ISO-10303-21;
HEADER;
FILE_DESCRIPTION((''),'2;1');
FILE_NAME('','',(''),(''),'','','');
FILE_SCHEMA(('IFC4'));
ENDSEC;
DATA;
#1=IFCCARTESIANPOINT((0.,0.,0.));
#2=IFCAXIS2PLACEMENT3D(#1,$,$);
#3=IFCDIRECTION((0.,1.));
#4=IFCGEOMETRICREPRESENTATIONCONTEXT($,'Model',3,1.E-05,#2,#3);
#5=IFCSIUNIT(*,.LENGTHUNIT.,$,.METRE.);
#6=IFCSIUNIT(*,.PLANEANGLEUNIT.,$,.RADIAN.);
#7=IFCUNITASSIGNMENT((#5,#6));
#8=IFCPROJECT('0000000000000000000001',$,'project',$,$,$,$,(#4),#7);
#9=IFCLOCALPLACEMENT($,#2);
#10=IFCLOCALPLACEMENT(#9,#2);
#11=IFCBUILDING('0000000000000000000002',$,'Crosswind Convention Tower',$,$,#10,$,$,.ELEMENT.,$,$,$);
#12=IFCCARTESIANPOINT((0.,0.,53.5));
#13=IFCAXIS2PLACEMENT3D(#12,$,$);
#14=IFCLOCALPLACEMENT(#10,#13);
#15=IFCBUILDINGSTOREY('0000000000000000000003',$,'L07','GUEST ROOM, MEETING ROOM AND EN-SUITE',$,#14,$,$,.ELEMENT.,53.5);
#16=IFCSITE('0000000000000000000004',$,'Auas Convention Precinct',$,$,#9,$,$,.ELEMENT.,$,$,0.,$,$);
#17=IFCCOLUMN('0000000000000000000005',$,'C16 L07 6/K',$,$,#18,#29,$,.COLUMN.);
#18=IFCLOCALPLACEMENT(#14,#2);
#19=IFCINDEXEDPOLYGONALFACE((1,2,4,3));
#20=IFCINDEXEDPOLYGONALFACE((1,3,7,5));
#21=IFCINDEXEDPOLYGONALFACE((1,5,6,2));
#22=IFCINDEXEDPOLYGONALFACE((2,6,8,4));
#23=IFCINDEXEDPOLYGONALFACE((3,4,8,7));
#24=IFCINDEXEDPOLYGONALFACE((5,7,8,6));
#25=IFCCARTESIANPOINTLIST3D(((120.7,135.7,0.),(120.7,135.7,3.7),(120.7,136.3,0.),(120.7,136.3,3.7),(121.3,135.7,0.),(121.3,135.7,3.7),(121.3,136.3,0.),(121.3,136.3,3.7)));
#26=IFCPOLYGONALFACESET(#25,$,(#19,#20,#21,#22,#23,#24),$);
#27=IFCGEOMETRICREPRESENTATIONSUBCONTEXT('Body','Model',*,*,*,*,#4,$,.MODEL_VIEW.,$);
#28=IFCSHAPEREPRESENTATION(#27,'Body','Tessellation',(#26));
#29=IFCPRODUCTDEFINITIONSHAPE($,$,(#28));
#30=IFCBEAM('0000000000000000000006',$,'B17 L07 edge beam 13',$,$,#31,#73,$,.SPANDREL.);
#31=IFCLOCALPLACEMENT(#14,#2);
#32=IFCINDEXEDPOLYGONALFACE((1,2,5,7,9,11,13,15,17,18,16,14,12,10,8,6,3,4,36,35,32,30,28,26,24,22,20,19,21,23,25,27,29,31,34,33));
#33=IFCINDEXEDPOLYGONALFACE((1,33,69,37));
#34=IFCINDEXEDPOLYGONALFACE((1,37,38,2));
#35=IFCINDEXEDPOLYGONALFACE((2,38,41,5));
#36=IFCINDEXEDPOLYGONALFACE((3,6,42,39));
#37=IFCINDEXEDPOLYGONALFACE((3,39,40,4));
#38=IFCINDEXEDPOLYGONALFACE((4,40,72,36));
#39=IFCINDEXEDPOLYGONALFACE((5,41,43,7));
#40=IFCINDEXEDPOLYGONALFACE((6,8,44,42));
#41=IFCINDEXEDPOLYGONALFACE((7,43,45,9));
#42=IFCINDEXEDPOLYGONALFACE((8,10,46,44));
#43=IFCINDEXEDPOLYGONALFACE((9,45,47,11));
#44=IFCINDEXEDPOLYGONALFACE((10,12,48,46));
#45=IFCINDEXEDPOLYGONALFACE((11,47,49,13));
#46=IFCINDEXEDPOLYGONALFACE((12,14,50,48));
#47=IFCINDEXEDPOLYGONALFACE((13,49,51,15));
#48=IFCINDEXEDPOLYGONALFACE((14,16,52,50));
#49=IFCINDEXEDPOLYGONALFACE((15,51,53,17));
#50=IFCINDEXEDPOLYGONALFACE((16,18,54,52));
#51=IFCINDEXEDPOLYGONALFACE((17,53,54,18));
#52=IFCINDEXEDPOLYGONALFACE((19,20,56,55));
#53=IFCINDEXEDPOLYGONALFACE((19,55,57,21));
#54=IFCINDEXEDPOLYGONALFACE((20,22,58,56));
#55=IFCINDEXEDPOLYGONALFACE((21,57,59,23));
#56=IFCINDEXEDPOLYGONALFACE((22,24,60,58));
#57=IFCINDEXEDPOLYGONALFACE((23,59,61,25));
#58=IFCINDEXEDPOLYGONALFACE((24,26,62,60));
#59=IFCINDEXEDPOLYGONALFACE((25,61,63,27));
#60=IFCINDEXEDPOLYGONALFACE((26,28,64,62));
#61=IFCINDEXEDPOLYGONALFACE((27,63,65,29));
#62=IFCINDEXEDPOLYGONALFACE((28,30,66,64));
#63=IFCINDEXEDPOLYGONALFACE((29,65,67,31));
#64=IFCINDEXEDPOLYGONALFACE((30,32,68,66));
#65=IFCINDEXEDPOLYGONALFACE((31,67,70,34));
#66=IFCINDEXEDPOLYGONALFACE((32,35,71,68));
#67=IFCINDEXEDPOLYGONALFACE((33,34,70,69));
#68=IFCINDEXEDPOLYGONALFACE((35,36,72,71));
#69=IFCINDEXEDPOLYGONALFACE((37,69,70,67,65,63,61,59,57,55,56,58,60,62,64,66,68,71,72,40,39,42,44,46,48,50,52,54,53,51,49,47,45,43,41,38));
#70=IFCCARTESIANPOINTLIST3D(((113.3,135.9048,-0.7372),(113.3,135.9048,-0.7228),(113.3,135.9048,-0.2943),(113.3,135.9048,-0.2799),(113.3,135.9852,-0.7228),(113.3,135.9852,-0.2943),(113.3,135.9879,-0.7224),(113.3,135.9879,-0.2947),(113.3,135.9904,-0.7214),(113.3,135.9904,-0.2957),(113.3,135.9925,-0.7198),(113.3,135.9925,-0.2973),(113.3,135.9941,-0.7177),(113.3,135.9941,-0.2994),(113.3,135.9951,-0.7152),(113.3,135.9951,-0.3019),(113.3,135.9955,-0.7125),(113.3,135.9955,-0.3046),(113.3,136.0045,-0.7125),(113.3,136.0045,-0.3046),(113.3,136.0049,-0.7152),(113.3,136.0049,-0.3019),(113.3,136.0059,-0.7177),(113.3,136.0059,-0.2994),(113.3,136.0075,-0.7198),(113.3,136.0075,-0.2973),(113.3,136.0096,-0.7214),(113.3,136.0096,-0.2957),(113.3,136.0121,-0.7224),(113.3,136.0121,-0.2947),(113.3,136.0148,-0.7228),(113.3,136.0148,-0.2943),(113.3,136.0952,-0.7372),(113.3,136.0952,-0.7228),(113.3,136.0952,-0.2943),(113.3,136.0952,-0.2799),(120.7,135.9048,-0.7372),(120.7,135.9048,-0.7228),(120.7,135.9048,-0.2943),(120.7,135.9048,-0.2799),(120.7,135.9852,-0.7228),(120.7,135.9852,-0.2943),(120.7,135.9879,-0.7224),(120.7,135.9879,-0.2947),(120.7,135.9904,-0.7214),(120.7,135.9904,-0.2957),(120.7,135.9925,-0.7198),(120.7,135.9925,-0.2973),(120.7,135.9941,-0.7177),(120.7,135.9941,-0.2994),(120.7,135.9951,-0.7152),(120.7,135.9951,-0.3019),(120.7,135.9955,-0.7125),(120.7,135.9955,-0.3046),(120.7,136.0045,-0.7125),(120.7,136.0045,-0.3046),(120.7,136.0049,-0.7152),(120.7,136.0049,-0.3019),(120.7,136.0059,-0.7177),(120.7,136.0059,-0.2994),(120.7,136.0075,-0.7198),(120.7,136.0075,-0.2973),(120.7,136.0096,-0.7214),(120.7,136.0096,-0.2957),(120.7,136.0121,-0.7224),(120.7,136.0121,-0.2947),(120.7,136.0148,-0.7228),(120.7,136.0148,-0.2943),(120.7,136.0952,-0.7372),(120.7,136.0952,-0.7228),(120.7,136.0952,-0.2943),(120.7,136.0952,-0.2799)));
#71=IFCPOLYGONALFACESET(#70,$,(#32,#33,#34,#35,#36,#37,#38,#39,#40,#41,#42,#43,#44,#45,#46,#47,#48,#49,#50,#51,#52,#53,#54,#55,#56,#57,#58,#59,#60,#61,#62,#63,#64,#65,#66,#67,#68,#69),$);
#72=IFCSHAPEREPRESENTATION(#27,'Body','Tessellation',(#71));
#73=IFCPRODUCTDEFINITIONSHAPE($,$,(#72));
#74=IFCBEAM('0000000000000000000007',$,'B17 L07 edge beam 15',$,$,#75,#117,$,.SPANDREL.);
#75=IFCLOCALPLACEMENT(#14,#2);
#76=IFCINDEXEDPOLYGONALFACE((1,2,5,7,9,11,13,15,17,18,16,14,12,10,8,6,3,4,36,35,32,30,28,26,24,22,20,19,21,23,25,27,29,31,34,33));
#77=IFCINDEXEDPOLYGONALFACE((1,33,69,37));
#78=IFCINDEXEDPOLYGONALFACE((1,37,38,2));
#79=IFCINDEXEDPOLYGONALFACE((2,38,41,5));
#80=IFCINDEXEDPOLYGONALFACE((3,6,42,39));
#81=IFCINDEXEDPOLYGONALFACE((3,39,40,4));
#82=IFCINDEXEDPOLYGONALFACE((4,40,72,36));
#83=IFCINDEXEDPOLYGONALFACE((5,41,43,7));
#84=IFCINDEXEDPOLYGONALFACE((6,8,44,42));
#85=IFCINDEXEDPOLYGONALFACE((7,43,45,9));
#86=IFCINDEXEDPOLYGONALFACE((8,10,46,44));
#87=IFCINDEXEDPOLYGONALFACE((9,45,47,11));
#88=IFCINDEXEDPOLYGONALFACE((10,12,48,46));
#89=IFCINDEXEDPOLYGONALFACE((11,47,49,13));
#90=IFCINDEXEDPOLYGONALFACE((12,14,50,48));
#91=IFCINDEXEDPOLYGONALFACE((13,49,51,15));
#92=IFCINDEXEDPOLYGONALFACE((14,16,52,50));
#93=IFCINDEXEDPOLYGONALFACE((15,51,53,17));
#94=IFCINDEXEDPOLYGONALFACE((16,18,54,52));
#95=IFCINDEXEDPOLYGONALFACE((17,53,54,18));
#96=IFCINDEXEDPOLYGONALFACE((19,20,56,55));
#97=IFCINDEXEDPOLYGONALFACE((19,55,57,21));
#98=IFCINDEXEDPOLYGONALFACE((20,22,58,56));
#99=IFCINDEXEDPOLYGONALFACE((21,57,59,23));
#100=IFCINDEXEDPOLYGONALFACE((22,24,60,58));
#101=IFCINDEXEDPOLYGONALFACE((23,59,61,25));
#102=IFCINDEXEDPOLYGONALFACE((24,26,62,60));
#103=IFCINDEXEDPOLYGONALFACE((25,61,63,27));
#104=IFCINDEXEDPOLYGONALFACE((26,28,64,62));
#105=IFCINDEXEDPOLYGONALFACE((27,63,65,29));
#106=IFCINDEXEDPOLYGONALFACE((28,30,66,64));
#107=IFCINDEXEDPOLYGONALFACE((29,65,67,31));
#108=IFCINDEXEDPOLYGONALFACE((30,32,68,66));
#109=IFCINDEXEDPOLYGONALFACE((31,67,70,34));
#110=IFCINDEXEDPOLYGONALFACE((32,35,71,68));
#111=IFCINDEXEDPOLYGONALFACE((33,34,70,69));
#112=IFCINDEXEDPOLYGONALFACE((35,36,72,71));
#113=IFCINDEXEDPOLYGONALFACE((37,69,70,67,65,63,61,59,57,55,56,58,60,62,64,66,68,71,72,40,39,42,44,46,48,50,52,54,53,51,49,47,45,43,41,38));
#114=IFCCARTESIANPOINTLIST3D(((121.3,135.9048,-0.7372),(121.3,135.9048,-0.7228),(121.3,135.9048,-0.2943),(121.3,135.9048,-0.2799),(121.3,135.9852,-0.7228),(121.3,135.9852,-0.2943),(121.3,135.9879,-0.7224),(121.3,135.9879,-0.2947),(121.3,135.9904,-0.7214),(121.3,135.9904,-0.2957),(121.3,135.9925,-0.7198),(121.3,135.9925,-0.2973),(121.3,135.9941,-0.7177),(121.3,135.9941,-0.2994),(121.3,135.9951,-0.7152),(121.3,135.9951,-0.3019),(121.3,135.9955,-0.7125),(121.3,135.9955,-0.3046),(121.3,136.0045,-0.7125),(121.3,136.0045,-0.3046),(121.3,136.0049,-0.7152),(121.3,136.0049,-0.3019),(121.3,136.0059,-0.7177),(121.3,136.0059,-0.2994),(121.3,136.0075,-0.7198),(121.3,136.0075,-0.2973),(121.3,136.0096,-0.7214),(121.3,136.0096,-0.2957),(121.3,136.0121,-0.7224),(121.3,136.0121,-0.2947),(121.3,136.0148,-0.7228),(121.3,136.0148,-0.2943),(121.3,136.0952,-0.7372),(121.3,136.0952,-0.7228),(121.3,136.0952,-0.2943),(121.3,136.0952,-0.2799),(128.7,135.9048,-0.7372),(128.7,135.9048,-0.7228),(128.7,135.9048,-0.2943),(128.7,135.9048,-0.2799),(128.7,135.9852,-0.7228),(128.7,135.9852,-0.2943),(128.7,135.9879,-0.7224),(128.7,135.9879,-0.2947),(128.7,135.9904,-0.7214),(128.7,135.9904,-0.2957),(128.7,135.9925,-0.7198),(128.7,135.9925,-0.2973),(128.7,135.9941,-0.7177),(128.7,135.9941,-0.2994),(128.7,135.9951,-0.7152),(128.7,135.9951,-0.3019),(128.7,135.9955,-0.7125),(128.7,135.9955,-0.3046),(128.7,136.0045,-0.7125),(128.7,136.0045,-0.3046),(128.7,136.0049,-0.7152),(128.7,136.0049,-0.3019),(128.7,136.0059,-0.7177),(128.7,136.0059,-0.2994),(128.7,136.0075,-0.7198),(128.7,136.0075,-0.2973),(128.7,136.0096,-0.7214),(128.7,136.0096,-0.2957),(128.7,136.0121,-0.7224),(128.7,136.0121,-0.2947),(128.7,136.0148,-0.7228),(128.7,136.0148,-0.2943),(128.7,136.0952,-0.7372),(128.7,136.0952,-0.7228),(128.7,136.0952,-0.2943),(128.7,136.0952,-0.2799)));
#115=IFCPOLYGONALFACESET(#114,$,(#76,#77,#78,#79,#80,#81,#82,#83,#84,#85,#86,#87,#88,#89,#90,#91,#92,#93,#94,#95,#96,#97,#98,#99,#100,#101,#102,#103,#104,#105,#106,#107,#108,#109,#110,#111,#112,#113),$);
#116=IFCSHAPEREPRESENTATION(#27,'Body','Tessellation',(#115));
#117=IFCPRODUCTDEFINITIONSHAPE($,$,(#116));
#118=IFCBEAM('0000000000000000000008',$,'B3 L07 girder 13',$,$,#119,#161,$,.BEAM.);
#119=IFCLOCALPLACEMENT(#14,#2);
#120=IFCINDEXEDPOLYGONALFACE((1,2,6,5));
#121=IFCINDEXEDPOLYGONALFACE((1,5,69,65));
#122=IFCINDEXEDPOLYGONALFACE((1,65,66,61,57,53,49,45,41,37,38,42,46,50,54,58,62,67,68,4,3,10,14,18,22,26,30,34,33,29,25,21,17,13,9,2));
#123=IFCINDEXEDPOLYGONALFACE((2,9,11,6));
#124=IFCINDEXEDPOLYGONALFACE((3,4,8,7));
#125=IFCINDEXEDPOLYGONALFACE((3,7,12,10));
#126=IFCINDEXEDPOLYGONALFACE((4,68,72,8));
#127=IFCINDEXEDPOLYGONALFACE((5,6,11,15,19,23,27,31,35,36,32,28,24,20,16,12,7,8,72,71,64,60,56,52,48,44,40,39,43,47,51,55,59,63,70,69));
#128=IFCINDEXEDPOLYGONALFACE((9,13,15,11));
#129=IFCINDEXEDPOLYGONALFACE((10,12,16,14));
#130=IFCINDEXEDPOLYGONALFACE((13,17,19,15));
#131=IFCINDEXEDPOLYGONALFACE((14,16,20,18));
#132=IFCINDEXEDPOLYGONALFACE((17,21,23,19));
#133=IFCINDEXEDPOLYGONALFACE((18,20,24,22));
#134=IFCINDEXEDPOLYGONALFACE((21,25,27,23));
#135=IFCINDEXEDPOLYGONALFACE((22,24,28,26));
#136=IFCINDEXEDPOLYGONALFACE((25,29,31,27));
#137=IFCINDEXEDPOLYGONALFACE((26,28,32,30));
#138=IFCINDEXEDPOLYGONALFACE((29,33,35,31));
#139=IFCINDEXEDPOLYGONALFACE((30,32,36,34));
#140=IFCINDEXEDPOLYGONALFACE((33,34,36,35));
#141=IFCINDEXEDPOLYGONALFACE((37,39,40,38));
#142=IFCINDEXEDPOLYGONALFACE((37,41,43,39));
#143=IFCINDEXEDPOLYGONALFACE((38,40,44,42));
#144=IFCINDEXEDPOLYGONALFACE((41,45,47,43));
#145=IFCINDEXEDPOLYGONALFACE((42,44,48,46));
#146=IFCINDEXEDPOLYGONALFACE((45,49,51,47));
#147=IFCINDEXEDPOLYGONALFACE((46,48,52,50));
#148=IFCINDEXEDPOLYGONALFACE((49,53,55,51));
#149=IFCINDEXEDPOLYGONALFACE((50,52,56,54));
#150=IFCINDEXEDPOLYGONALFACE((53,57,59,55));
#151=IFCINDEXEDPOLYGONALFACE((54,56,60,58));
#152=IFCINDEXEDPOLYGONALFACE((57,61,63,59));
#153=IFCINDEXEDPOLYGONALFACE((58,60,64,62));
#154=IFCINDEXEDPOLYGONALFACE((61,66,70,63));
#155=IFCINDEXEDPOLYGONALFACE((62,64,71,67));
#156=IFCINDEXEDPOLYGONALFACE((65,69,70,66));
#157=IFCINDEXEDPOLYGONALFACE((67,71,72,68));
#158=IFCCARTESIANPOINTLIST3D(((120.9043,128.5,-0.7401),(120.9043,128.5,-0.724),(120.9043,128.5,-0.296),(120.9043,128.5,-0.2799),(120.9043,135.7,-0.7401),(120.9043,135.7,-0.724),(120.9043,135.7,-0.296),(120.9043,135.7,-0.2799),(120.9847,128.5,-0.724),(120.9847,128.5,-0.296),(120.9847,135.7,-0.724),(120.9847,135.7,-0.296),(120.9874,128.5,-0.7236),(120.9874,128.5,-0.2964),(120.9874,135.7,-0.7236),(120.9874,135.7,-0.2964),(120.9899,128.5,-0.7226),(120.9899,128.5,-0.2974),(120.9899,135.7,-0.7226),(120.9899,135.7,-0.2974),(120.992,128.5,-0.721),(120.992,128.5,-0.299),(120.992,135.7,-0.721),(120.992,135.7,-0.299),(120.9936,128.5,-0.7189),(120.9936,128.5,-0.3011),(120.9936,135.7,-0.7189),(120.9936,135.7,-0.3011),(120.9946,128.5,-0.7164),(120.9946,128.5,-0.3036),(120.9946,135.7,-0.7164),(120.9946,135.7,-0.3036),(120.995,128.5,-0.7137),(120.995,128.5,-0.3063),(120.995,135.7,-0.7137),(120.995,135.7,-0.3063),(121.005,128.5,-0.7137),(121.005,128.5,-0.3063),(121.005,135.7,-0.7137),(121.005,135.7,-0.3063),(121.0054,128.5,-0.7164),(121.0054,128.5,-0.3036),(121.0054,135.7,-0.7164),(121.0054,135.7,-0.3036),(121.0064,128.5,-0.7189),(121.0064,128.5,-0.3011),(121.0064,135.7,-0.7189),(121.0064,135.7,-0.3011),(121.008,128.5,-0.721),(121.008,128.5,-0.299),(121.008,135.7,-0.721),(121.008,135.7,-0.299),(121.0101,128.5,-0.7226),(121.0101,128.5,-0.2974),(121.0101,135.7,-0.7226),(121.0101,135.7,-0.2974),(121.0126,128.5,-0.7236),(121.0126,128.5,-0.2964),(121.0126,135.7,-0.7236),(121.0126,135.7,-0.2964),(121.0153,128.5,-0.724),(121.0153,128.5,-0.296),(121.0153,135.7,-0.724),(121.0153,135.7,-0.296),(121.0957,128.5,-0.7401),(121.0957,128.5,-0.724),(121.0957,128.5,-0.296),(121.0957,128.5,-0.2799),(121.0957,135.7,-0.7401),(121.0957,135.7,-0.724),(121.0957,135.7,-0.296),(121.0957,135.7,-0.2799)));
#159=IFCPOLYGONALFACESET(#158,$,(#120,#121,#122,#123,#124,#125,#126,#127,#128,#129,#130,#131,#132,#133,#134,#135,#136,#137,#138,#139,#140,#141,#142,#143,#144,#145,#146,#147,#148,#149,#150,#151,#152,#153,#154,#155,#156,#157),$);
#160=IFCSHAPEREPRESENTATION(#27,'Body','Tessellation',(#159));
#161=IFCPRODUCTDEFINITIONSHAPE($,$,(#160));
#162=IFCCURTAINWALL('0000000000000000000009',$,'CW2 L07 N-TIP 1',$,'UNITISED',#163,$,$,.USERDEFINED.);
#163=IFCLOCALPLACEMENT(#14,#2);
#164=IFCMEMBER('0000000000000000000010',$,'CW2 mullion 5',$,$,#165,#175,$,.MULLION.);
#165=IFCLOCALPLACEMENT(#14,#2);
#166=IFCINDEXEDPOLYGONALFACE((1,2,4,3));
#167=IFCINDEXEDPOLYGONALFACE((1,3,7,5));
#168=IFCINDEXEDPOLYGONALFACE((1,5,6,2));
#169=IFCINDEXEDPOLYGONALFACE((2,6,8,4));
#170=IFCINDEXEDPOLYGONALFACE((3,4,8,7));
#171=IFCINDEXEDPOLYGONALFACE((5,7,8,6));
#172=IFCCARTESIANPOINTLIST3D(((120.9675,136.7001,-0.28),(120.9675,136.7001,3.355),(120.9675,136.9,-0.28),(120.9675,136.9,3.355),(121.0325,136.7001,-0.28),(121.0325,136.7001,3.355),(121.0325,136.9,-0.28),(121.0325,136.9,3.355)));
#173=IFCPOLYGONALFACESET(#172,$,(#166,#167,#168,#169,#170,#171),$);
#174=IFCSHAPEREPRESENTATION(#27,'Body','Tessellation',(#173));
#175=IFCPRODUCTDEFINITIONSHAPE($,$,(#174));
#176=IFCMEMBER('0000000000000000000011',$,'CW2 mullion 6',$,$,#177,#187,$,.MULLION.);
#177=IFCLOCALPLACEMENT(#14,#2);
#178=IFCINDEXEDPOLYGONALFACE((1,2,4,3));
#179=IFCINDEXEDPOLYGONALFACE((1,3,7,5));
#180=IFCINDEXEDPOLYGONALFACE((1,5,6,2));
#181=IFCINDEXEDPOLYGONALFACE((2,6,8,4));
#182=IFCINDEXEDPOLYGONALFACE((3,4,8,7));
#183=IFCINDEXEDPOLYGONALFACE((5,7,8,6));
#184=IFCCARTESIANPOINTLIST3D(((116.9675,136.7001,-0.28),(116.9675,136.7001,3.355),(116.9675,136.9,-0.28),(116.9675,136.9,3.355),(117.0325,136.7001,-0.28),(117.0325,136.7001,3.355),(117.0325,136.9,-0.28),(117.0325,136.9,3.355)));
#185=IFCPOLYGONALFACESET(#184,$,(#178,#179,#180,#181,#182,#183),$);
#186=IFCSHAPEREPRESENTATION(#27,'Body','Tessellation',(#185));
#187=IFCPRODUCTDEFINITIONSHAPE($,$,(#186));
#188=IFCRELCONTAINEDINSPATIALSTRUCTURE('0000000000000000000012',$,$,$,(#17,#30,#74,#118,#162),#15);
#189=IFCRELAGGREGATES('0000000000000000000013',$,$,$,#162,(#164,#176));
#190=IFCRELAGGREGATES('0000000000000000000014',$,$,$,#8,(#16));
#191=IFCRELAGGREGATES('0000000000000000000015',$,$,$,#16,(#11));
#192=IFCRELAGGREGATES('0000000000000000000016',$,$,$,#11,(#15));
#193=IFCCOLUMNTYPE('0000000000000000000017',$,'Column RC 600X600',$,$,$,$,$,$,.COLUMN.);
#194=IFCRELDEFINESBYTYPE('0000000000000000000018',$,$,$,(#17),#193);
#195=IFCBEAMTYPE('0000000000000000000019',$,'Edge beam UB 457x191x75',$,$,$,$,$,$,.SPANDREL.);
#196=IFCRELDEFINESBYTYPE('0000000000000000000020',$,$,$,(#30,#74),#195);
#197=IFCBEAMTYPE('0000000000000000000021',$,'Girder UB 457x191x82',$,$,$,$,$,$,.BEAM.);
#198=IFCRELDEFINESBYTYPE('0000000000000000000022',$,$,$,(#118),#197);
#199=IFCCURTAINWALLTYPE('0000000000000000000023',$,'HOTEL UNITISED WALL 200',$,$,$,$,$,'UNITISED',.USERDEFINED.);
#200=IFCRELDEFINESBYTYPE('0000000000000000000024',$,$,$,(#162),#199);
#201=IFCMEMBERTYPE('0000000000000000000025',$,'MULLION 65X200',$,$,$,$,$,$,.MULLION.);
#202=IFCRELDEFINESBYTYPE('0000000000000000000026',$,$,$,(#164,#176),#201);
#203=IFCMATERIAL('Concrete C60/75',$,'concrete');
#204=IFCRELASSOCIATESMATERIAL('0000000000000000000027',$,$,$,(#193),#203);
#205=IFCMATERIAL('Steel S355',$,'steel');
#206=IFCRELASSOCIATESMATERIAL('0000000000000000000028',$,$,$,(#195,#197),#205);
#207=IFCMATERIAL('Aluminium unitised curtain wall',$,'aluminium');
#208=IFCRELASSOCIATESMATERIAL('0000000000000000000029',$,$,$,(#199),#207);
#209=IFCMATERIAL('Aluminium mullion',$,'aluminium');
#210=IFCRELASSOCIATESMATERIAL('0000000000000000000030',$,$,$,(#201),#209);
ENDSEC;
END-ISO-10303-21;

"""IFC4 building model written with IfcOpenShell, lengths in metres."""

from ifc_helpers import new_model, si_unit, direction, frame, origin, origin_2d, place, context, subcontext, project, spatial, rectangle, i_section, extrude, material, material_profile, profile_set, type_object, element, aggregate, save


model = new_model("IFC4")

# Units and contexts
model_context = context("Model", 3, precision=1e-05, world=origin(), true_north=direction((0.0, 1.0)))
body_context = subcontext(model_context, "Body", "Model", "MODEL_VIEW")
ifc_project = project(units=[si_unit("LENGTHUNIT", "METRE"), si_unit("PLANEANGLEUNIT", "RADIAN")], contexts=[model_context])

# Site, building, storey
site_placement = place(None, origin())
site = spatial("IfcSite", under=ifc_project, at=site_placement, Name="Auas Convention Precinct", CompositionType="ELEMENT", RefElevation=0.0)
building_placement = place(site_placement, origin())
building = spatial("IfcBuilding", under=site, at=building_placement, Name="Crosswind Convention Tower", CompositionType="ELEMENT")
storey_placement = place(building_placement, frame((0.0, 0.0, 53.5)))
storey = spatial("IfcBuildingStorey", under=building, at=storey_placement, Name="L07", Description="GUEST ROOM, MEETING ROOM AND EN-SUITE", CompositionType="ELEMENT", Elevation=53.5)

# Column
ifc_material_1 = material(Name="Concrete C60/75", Category="concrete")
ifc_material_profile_1 = material_profile(ifc_material_1, rectangle(XDim=0.6001, YDim=0.6001, at=origin_2d()), Name="RC 600X600")
ifc_profile_set_1 = profile_set([ifc_material_profile_1], Name="Concrete C60/75")
column_type = type_object("IfcColumnType", Name="Column RC 600X600", PredefinedType="COLUMN", material=ifc_profile_set_1)
column_placement = place(storey_placement, frame((121.0, 136.0, 0.0), z_axis=(0.0, 0.0, 1.0), x_axis=(1.0, 0.0, 0.0)))
element("IfcColumn", 1, at=column_placement, inside=storey, type_object=column_type, Name="C16 L07 6/K", PredefinedType="COLUMN", context=body_context, shape_type="SweptSolid", body=[
    extrude(rectangle(XDim=0.6001, YDim=0.6001, at=origin_2d()), origin(), (0.0, 0.0, 1.0), 3.7),
])

# Beams
ifc_material_2 = material(Name="Steel S355", Category="steel")
ifc_material_profile_2 = material_profile(ifc_material_2, i_section(OverallWidth=0.1904, OverallDepth=0.4573, WebThickness=0.009, FlangeThickness=0.0144, FilletRadius=0.0103, at=origin_2d()), Name="UB 457x191x75")
ifc_profile_set_2 = profile_set([ifc_material_profile_2], Name="Steel S355")
beam_type_1 = type_object("IfcBeamType", Name="Edge beam UB 457x191x75", PredefinedType="SPANDREL", material=ifc_profile_set_2)
for number, where, z_axis, x_axis, name in (
    (2, (113.3, 136.0, -0.5085), (1.0, 0.0, 0.0), (0.0, 1.0, 0.0), "B17 L07 edge beam 13"),
    (3, (121.3, 136.0, -0.5085), (1.0, 0.0, 0.0), (0.0, 1.0, 0.0), "B17 L07 edge beam 15"),
):
    element("IfcBeam", number, at=place(storey_placement, frame(where, z_axis=z_axis, x_axis=x_axis)), inside=storey, type_object=beam_type_1, Name=name, PredefinedType="SPANDREL", context=body_context, shape_type="SweptSolid", body=[
        extrude(i_section(OverallWidth=0.1904, OverallDepth=0.4573, WebThickness=0.009, FlangeThickness=0.0144, FilletRadius=0.0103, at=origin_2d()), origin(), (0.0, 0.0, 1.0), 7.3999),
    ])
ifc_material_profile_3 = material_profile(ifc_material_2, i_section(OverallWidth=0.1914, OverallDepth=0.4602, WebThickness=0.01, FlangeThickness=0.0161, FilletRadius=0.0103, at=origin_2d()), Name="UB 457x191x82")
ifc_profile_set_3 = profile_set([ifc_material_profile_3], Name="Steel S355")
beam_type_2 = type_object("IfcBeamType", Name="Girder UB 457x191x82", PredefinedType="BEAM", material=ifc_profile_set_3)
beam_1_placement = place(storey_placement, frame((121.0, 128.5, -0.51), z_axis=(0.0, 1.0, 0.0), x_axis=(-1.0, 0.0, 0.0)))
element("IfcBeam", 4, at=beam_1_placement, inside=storey, type_object=beam_type_2, Name="B3 L07 girder 13", PredefinedType="BEAM", context=body_context, shape_type="SweptSolid", body=[
    extrude(i_section(OverallWidth=0.1914, OverallDepth=0.4602, WebThickness=0.01, FlangeThickness=0.0161, FilletRadius=0.0103, at=origin_2d()), origin(), (0.0, 0.0, 1.0), 7.2),
])

# Curtain wall, members
ifc_material_3 = material(Name="Aluminium unitised curtain wall", Category="aluminium")
curtain_wall_type = type_object("IfcCurtainWallType", Name="HOTEL UNITISED WALL 200", ElementType="UNITISED", PredefinedType="USERDEFINED", material=ifc_material_3)
curtain_wall_placement = place(storey_placement, origin())
curtain_wall = element("IfcCurtainWall", 5, at=curtain_wall_placement, inside=storey, type_object=curtain_wall_type, Name="CW2 L07 N-TIP 1", ObjectType="UNITISED", PredefinedType="USERDEFINED")
ifc_material_4 = material(Name="Aluminium mullion", Category="aluminium")
ifc_material_profile_4 = material_profile(ifc_material_4, rectangle(XDim=0.2, YDim=0.0649, at=origin_2d()), Name="AL 200X65")
ifc_profile_set_4 = profile_set([ifc_material_profile_4], Name="Aluminium mullion")
member_type = type_object("IfcMemberType", Name="MULLION 65X200", PredefinedType="MULLION", material=ifc_profile_set_4)
member_1_placement = place(storey_placement, frame((121.0, 136.8, -0.28), z_axis=(0.0, 0.0, 1.0), x_axis=(0.0, 1.0, 0.0)))
member_1 = element("IfcMember", 6, at=member_1_placement, type_object=member_type, Name="CW2 mullion 5", PredefinedType="MULLION", context=body_context, shape_type="SweptSolid", body=[
    extrude(rectangle(XDim=0.2, YDim=0.0649, at=origin_2d()), origin(), (0.0, 0.0, 1.0), 3.635),
])
member_2_placement = place(storey_placement, frame((117.0, 136.8, -0.28), z_axis=(0.0, 0.0, 1.0), x_axis=(0.0, 1.0, 0.0)))
member_2 = element("IfcMember", 7, at=member_2_placement, type_object=member_type, Name="CW2 mullion 6", PredefinedType="MULLION", context=body_context, shape_type="SweptSolid", body=[
    extrude(rectangle(XDim=0.2, YDim=0.0649, at=origin_2d()), origin(), (0.0, 0.0, 1.0), 3.635),
])

aggregate(curtain_wall, [member_1, member_2])

save(model, "model.ifc")
